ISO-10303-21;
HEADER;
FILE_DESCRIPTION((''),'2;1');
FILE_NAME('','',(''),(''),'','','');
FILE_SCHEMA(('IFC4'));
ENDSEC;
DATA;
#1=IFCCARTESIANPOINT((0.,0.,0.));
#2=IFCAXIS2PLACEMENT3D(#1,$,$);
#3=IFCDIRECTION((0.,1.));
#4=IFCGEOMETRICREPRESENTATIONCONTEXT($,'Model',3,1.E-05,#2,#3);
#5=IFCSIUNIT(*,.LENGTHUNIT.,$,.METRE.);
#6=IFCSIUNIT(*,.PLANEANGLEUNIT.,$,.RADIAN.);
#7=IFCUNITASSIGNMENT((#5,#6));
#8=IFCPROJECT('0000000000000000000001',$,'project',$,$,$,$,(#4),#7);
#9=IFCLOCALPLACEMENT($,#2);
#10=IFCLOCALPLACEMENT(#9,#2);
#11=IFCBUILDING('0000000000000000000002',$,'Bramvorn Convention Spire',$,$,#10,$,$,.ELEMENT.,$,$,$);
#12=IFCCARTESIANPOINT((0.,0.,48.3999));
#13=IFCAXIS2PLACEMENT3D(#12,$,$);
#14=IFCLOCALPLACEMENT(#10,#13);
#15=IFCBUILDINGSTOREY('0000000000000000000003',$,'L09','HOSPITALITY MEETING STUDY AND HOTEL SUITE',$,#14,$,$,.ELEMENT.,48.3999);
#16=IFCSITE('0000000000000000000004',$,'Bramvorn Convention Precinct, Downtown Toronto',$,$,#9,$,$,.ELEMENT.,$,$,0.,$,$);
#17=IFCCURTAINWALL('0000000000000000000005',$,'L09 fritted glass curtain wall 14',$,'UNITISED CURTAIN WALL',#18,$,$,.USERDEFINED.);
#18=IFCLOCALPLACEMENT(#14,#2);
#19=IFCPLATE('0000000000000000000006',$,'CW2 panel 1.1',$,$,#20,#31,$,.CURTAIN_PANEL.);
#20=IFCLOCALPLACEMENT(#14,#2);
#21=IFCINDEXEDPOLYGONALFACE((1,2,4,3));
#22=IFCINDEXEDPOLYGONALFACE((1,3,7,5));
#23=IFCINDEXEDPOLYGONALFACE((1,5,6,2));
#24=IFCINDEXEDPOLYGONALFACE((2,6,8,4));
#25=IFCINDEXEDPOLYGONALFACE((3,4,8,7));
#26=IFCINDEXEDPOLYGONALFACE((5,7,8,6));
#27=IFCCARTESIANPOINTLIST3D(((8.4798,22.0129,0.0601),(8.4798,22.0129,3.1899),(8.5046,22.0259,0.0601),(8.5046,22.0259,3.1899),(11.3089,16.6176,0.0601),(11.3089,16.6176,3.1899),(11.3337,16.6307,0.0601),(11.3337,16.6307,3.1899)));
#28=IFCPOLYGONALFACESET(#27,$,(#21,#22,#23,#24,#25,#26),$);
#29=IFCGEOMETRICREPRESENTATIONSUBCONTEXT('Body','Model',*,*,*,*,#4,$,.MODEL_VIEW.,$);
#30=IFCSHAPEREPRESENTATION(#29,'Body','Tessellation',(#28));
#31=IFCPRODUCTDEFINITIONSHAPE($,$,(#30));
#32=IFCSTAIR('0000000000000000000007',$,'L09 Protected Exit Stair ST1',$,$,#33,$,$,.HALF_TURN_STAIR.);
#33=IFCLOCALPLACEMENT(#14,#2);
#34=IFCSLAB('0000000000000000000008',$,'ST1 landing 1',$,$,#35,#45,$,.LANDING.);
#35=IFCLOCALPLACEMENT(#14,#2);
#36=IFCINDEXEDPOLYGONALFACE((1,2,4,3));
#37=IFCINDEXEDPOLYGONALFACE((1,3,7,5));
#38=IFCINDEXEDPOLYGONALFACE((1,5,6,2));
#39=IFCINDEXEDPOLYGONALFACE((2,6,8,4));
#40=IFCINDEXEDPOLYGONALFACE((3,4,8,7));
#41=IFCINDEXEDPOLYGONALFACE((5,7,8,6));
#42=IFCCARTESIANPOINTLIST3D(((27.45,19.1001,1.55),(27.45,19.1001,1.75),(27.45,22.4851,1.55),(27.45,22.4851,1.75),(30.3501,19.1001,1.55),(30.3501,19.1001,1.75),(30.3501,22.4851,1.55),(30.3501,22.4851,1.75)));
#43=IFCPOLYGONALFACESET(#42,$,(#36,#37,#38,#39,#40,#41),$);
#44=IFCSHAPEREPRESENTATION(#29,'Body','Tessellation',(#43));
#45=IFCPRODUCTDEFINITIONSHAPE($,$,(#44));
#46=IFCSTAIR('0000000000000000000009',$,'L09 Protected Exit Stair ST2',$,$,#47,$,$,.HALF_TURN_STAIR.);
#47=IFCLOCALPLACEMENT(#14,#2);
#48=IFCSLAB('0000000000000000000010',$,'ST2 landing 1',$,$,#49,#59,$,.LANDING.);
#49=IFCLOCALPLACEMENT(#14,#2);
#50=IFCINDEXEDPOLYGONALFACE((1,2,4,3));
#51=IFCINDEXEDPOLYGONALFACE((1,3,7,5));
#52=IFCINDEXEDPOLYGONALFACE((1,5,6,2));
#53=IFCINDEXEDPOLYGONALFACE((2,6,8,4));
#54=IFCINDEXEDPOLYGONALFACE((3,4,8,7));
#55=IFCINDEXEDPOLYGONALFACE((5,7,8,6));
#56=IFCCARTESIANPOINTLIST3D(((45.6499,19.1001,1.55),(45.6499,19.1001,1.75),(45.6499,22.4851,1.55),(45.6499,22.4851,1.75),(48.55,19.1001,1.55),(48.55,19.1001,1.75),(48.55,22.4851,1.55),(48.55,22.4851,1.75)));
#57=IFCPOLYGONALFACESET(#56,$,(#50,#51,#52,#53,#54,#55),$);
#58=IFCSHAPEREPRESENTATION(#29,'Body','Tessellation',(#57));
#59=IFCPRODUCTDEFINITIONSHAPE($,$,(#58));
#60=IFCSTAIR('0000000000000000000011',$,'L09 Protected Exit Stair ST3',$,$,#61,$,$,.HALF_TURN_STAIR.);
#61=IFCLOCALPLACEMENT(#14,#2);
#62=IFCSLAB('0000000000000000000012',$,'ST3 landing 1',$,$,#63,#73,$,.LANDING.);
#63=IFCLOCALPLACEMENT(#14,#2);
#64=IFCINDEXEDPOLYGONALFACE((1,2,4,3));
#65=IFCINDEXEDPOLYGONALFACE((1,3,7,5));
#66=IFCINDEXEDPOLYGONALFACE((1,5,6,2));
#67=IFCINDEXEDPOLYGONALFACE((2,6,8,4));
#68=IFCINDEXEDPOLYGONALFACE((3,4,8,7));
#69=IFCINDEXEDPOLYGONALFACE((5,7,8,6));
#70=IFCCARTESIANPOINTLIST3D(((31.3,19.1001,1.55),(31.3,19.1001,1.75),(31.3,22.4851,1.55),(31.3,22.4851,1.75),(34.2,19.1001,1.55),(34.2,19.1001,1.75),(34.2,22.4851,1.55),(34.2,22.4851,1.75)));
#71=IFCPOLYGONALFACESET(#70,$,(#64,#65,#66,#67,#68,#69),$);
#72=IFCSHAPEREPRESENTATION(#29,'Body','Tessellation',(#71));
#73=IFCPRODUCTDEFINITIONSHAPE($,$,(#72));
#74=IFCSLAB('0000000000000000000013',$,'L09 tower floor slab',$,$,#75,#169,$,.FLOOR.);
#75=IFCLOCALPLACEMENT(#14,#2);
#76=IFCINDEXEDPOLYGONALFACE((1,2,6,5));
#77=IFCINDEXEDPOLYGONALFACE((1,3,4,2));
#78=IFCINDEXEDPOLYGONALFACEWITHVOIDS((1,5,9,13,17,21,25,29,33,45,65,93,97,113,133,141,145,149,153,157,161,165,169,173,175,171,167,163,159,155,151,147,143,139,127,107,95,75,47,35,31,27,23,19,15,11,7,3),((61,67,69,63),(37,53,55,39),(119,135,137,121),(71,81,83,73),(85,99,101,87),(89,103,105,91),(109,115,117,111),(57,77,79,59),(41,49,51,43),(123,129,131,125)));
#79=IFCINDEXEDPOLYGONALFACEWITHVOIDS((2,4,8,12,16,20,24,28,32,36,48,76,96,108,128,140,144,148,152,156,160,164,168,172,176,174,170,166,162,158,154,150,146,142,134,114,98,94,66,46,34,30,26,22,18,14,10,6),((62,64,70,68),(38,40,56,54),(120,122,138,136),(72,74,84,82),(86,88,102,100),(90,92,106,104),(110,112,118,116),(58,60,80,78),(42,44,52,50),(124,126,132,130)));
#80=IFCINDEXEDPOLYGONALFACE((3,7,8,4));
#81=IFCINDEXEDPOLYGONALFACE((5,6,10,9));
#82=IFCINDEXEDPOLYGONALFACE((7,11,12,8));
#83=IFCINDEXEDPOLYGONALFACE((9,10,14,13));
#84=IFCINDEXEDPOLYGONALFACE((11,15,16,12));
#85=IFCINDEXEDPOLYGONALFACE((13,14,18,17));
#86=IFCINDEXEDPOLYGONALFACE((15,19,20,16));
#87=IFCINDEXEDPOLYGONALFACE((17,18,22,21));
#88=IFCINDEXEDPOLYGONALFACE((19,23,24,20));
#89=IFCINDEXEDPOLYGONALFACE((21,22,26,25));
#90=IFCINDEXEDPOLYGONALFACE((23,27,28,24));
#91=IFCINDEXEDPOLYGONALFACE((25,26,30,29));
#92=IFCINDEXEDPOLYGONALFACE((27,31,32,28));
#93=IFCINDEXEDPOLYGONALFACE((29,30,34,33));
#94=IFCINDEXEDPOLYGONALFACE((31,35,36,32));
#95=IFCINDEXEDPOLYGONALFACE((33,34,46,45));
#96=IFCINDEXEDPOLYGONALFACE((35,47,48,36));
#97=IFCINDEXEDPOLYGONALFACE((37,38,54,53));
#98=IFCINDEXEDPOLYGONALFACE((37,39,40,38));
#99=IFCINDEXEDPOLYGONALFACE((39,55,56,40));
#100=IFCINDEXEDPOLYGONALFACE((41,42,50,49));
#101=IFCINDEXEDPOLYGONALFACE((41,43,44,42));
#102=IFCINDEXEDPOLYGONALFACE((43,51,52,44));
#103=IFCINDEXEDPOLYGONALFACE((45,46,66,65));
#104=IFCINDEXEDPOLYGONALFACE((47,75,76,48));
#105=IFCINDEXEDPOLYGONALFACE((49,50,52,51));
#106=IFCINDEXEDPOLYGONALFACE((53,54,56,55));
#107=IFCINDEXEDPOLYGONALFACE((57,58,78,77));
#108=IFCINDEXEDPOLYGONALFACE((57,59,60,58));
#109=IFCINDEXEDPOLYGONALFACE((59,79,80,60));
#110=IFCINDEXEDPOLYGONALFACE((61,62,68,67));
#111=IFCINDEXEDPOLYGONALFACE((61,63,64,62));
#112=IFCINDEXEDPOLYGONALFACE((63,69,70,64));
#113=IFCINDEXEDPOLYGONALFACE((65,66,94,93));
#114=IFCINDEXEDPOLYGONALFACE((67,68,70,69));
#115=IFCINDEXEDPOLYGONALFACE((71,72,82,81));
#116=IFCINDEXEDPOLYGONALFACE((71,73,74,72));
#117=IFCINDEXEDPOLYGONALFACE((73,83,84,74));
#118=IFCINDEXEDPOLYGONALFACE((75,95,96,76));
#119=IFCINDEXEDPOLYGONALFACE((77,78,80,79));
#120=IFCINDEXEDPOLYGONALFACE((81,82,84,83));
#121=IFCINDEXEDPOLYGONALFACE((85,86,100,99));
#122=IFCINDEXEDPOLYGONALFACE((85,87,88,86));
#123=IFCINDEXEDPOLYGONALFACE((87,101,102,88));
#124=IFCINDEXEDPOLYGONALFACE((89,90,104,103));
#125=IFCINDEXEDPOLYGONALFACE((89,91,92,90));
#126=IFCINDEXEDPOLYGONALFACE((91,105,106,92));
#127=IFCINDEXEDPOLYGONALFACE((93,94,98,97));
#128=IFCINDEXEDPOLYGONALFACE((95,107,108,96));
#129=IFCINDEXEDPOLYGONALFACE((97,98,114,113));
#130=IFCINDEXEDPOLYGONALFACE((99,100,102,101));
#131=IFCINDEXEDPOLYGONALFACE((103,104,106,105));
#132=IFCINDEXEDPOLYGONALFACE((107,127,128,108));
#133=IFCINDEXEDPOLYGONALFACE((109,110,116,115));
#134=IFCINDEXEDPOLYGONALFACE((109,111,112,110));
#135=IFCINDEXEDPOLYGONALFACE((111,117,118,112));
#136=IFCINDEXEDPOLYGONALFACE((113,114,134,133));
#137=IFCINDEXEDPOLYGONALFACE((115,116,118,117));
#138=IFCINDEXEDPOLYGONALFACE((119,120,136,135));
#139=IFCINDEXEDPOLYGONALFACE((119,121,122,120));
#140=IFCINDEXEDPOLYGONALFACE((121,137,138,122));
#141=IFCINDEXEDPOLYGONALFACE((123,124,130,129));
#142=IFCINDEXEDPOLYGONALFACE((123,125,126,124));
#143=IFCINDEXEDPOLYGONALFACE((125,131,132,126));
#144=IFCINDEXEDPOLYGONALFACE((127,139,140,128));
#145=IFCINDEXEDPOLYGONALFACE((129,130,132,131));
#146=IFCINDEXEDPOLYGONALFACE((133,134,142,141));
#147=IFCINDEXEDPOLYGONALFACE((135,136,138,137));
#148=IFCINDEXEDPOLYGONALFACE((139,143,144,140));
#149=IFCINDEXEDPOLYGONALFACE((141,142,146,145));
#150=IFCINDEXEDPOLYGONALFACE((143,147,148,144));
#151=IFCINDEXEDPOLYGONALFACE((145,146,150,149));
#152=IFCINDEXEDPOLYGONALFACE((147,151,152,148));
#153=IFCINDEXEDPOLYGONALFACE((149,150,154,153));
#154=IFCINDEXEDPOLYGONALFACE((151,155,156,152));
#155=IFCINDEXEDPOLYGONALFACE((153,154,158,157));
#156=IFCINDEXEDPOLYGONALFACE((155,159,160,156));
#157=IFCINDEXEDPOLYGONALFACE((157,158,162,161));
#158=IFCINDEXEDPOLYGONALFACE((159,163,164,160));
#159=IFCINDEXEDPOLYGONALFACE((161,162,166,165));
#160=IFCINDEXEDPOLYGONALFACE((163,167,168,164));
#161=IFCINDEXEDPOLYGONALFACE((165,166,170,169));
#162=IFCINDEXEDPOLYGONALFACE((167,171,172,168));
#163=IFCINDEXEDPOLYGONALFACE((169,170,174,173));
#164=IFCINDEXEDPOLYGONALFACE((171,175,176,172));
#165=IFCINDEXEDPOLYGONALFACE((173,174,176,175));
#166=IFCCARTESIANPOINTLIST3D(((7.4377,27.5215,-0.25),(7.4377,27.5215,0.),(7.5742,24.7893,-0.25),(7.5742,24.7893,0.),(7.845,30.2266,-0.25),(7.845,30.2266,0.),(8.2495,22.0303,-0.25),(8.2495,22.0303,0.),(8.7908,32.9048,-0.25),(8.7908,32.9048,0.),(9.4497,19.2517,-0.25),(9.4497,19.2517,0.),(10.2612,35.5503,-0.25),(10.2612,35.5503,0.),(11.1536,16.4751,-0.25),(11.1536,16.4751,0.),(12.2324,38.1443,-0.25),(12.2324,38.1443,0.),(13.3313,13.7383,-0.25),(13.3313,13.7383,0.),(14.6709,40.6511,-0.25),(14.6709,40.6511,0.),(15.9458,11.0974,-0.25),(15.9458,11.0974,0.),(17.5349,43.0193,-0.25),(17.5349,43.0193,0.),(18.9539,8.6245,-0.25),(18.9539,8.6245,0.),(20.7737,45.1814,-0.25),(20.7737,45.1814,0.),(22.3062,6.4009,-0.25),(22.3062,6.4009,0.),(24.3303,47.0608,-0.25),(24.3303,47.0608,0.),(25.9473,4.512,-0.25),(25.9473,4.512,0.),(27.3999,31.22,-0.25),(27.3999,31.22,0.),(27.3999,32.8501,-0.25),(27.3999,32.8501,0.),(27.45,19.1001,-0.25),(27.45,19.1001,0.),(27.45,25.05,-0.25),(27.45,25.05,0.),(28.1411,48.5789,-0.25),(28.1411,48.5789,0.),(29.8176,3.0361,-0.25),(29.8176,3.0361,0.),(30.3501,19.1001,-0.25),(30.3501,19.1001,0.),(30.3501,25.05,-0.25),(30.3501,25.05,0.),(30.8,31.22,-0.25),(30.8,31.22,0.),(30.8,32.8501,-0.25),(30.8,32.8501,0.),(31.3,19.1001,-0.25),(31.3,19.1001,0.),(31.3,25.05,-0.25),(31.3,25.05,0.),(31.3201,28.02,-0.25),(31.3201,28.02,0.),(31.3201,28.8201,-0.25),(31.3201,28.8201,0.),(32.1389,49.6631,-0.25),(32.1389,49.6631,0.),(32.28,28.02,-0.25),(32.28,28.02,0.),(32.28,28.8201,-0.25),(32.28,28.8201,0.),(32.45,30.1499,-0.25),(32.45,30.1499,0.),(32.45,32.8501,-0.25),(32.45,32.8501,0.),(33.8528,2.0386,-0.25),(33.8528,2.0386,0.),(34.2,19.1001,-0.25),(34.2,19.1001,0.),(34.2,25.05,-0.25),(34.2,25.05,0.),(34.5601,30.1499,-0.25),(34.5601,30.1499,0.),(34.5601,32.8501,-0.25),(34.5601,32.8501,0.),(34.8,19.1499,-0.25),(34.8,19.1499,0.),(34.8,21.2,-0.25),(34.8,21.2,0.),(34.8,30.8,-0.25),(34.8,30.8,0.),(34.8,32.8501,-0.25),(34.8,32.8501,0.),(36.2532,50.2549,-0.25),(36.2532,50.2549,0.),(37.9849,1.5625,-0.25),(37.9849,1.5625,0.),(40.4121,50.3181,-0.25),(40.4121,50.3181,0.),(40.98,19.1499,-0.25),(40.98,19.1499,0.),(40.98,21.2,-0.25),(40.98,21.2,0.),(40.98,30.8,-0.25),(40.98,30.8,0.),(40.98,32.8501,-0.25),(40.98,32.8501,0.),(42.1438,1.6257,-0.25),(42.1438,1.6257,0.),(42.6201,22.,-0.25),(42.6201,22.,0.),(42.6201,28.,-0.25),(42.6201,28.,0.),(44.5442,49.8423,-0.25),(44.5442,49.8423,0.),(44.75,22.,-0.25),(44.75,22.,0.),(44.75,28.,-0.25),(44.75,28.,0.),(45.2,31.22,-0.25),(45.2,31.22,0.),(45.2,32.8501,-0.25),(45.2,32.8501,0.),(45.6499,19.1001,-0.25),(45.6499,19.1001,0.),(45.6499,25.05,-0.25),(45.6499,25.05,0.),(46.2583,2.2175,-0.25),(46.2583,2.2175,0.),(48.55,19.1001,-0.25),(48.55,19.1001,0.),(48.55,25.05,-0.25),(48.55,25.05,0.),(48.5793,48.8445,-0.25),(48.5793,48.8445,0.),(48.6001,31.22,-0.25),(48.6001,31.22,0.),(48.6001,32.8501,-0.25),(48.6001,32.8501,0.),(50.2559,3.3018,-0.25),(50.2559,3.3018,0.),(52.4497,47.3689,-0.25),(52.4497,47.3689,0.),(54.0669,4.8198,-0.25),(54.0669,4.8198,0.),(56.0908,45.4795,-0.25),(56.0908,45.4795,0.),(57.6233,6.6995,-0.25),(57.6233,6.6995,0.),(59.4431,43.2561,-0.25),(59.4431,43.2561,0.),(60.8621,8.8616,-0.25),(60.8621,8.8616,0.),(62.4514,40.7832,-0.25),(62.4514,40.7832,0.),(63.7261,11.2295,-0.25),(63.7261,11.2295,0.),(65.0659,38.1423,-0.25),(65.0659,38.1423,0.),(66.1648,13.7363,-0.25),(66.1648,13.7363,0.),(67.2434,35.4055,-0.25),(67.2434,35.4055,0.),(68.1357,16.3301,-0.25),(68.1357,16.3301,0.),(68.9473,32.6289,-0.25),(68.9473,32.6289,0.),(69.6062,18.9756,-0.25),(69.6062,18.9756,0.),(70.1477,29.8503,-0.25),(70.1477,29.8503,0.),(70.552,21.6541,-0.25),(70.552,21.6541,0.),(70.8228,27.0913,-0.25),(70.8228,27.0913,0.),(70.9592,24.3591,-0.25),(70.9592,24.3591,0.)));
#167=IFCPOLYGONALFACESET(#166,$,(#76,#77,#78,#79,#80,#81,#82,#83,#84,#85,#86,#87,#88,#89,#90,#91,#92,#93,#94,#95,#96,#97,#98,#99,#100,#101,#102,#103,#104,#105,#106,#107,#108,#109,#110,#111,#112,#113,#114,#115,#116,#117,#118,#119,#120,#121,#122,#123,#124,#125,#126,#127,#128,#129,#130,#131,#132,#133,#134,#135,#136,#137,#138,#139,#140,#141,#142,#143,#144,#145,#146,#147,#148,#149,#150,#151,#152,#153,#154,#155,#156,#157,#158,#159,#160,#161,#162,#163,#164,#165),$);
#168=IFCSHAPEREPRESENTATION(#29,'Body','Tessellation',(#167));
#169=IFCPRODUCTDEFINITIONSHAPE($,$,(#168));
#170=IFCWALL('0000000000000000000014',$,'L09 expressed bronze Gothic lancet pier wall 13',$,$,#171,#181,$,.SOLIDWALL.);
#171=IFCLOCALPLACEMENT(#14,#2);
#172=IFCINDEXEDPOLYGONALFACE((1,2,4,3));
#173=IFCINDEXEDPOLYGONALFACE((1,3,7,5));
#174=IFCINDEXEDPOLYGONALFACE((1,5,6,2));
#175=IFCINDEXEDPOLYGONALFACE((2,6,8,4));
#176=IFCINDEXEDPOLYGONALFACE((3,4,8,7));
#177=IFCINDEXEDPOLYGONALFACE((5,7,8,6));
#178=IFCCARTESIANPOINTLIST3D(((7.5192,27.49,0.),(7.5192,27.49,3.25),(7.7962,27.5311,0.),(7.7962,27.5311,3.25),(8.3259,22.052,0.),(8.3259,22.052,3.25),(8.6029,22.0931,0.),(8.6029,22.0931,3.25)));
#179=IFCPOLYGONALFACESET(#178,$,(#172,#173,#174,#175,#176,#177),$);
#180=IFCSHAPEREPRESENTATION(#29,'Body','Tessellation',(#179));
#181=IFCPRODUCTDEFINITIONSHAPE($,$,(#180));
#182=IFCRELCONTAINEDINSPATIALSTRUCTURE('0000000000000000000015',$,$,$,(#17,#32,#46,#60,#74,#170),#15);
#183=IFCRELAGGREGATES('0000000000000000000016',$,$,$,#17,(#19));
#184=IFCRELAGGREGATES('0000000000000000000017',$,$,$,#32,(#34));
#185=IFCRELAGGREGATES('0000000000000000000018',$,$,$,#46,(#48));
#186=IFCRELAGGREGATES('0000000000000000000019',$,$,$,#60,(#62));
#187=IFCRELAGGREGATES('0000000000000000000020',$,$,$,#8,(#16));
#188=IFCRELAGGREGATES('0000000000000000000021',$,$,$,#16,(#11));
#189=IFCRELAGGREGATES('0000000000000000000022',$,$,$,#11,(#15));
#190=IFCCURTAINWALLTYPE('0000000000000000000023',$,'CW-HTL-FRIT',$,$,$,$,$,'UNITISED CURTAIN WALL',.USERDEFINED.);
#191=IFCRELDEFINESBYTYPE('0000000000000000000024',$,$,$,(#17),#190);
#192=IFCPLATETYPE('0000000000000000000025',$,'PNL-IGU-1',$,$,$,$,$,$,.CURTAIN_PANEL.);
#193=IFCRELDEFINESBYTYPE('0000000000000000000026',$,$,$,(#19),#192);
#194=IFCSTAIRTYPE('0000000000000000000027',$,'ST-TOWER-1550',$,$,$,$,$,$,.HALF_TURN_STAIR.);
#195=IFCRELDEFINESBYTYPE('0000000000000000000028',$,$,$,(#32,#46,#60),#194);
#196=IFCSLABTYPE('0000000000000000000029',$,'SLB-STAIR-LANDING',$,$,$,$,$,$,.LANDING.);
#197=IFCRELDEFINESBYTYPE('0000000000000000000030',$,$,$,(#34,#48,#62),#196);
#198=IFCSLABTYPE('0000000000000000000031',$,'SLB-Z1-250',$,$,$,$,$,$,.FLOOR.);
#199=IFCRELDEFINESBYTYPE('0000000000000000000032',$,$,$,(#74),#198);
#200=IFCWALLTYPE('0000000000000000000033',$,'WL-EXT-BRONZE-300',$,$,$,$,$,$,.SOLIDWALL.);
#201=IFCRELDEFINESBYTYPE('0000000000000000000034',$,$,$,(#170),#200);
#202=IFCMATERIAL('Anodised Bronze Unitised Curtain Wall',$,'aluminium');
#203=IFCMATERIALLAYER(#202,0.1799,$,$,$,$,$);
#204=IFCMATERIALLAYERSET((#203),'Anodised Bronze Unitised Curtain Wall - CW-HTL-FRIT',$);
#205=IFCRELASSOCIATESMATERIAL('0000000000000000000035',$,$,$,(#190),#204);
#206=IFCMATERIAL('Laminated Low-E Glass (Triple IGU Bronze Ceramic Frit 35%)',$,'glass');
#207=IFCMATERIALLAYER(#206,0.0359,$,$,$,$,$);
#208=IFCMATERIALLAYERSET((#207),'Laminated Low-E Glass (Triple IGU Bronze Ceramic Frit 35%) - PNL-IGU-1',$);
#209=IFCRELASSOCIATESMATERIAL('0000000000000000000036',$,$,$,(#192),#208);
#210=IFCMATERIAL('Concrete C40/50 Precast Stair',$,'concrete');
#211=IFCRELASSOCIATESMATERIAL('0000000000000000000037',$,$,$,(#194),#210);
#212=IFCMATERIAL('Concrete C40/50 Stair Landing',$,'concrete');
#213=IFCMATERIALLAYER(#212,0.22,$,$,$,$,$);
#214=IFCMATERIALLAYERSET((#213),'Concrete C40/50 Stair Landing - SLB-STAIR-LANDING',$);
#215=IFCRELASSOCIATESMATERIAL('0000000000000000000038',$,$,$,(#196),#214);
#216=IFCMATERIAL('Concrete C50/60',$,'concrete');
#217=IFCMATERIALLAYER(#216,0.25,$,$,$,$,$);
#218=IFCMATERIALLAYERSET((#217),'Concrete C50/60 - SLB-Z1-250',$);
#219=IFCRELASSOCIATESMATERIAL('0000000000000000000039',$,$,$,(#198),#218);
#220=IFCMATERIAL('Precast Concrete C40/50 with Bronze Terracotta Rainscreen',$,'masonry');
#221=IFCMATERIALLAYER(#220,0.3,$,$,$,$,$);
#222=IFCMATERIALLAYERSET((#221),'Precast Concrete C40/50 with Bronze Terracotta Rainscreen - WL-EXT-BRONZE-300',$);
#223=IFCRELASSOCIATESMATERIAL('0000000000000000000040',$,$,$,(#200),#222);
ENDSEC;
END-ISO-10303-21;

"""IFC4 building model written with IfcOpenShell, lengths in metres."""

from ifc_helpers import new_model, si_unit, direction, frame, frame_2d, origin, origin_2d, place, context, subcontext, project, spatial, polyline, rectangle, outline, extrude, material, layer, layer_set, type_object, element, aggregate, save


model = new_model("IFC4")

# Units and contexts
model_context = context("Model", 3, precision=1e-05, world=origin(), true_north=direction((0.0, 1.0)))
body_context = subcontext(model_context, "Body", "Model", "MODEL_VIEW")
ifc_project = project(units=[si_unit("LENGTHUNIT", "METRE"), si_unit("PLANEANGLEUNIT", "RADIAN")], contexts=[model_context])

# Site, building, storey
site_placement = place(None, origin())
site = spatial("IfcSite", under=ifc_project, at=site_placement, Name="Bramvorn Convention Precinct, Downtown Toronto", CompositionType="ELEMENT", RefElevation=0.0)
building_placement = place(site_placement, origin())
building = spatial("IfcBuilding", under=site, at=building_placement, Name="Bramvorn Convention Spire", CompositionType="ELEMENT")
storey_placement = place(building_placement, frame((0.0, 0.0, 48.3999)))
storey = spatial("IfcBuildingStorey", under=building, at=storey_placement, Name="L09", Description="HOSPITALITY MEETING STUDY AND HOTEL SUITE", CompositionType="ELEMENT", Elevation=48.3999)

# Curtain wall
ifc_material_1 = material(Name="Anodised Bronze Unitised Curtain Wall", Category="aluminium")
ifc_layer_1 = layer(ifc_material_1, 0.1799)
ifc_layer_set_1 = layer_set([ifc_layer_1], Name="Anodised Bronze Unitised Curtain Wall - CW-HTL-FRIT")
curtain_wall_type = type_object("IfcCurtainWallType", Name="CW-HTL-FRIT", ElementType="UNITISED CURTAIN WALL", PredefinedType="USERDEFINED", material=ifc_layer_set_1)
curtain_wall_1_placement = place(storey_placement, origin())
curtain_wall_1 = element("IfcCurtainWall", 1, at=curtain_wall_1_placement, inside=storey, type_object=curtain_wall_type, Name="L09 fritted glass curtain wall 14", ObjectType="UNITISED CURTAIN WALL", PredefinedType="USERDEFINED")

# Plate
ifc_material_2 = material(Name="Laminated Low-E Glass (Triple IGU Bronze Ceramic Frit 35%)", Category="glass")
ifc_layer_2 = layer(ifc_material_2, 0.0359)
ifc_layer_set_2 = layer_set([ifc_layer_2], Name="Laminated Low-E Glass (Triple IGU Bronze Ceramic Frit 35%) - PNL-IGU-1")
plate_type = type_object("IfcPlateType", Name="PNL-IGU-1", PredefinedType="CURTAIN_PANEL", material=ifc_layer_set_2)
plate_placement = place(storey_placement, frame((9.9067, 19.3218, 0.0601), z_axis=(0.0, 0.0, 1.0), x_axis=(-0.464394, 0.885629, 0.0)))
plate = element("IfcPlate", 2, at=plate_placement, type_object=plate_type, Name="CW2 panel 1.1", PredefinedType="CURTAIN_PANEL", context=body_context, shape_type="SweptSolid", body=[
    extrude(rectangle(XDim=6.092, YDim=0.0281, at=origin_2d()), origin(), (0.0, 0.0, 1.0), 3.1299),
])
aggregate(curtain_wall_1, [plate])

# Stairs, slabs
ifc_material_3 = material(Name="Concrete C40/50 Precast Stair", Category="concrete")
stair_type = type_object("IfcStairType", Name="ST-TOWER-1550", PredefinedType="HALF_TURN_STAIR", material=ifc_material_3)
stair_1_placement = place(storey_placement, origin())
stair_1 = element("IfcStair", 3, at=stair_1_placement, inside=storey, type_object=stair_type, Name="L09 Protected Exit Stair ST1", PredefinedType="HALF_TURN_STAIR")
ifc_material_4 = material(Name="Concrete C40/50 Stair Landing", Category="concrete")
ifc_layer_3 = layer(ifc_material_4, 0.22)
ifc_layer_set_3 = layer_set([ifc_layer_3], Name="Concrete C40/50 Stair Landing - SLB-STAIR-LANDING")
slab_type_1 = type_object("IfcSlabType", Name="SLB-STAIR-LANDING", PredefinedType="LANDING", material=ifc_layer_set_3)
slab_1_placement = place(storey_placement, frame((0.0, 0.0, 1.55)))
slab_1 = element("IfcSlab", 4, at=slab_1_placement, type_object=slab_type_1, Name="ST1 landing 1", PredefinedType="LANDING", context=body_context, shape_type="SweptSolid", body=[
    extrude(outline(polyline([(27.45, 22.4851), (27.45, 19.1001), (30.3501, 19.1001), (30.3501, 22.4851), (27.45, 22.4851)])), origin(), (0.0, 0.0, 1.0), 0.2),
])
aggregate(stair_1, [slab_1])
stair_2_placement = place(storey_placement, origin())
stair_2 = element("IfcStair", 5, at=stair_2_placement, inside=storey, type_object=stair_type, Name="L09 Protected Exit Stair ST2", PredefinedType="HALF_TURN_STAIR")
slab_2_placement = place(storey_placement, frame((0.0, 0.0, 1.55)))
slab_2 = element("IfcSlab", 6, at=slab_2_placement, type_object=slab_type_1, Name="ST2 landing 1", PredefinedType="LANDING", context=body_context, shape_type="SweptSolid", body=[
    extrude(outline(polyline([(45.6499, 22.4851), (45.6499, 19.1001), (48.55, 19.1001), (48.55, 22.4851), (45.6499, 22.4851)])), origin(), (0.0, 0.0, 1.0), 0.2),
])
aggregate(stair_2, [slab_2])
stair_3_placement = place(storey_placement, origin())
stair_3 = element("IfcStair", 7, at=stair_3_placement, inside=storey, type_object=stair_type, Name="L09 Protected Exit Stair ST3", PredefinedType="HALF_TURN_STAIR")
slab_3_placement = place(storey_placement, frame((0.0, 0.0, 1.55)))
slab_3 = element("IfcSlab", 8, at=slab_3_placement, type_object=slab_type_1, Name="ST3 landing 1", PredefinedType="LANDING", context=body_context, shape_type="SweptSolid", body=[
    extrude(outline(polyline([(31.3, 22.4851), (31.3, 19.1001), (34.2, 19.1001), (34.2, 22.4851), (31.3, 22.4851)])), origin(), (0.0, 0.0, 1.0), 0.2),
])
aggregate(stair_3, [slab_3])

# Slab
ifc_material_5 = material(Name="Concrete C50/60", Category="concrete")
ifc_layer_4 = layer(ifc_material_5, 0.25)
ifc_layer_set_4 = layer_set([ifc_layer_4], Name="Concrete C50/60 - SLB-Z1-250")
slab_type_2 = type_object("IfcSlabType", Name="SLB-Z1-250", PredefinedType="FLOOR", material=ifc_layer_set_4)
slab_4_placement = place(storey_placement, frame((0.0, 0.0, -0.25)))
element("IfcSlab", 9, at=slab_4_placement, inside=storey, type_object=slab_type_2, Name="L09 tower floor slab", PredefinedType="FLOOR", context=body_context, shape_type="SweptSolid", body=[
    extrude(outline(polyline([(70.9592, 24.3591), (70.8228, 27.0913), (70.1477, 29.8503), (68.9473, 32.6289), (67.2434, 35.4055), (65.0659, 38.1423), (62.4514, 40.7832), (59.4431, 43.2561), (56.0908, 45.4795), (52.4497, 47.3689), (48.5793, 48.8445), (44.5442, 49.8423), (40.4121, 50.3181), (36.2532, 50.2549), (32.1389, 49.6631), (28.1411, 48.5789), (24.3303, 47.0608), (20.7737, 45.1814), (17.5349, 43.0193), (14.6709, 40.6511), (12.2324, 38.1443), (10.2612, 35.5503), (8.7908, 32.9048), (7.845, 30.2266), (7.4377, 27.5215), (7.5742, 24.7893), (8.2495, 22.0303), (9.4497, 19.2517), (11.1536, 16.4751), (13.3313, 13.7383), (15.9458, 11.0974), (18.9539, 8.6245), (22.3062, 6.4009), (25.9473, 4.512), (29.8176, 3.0361), (33.8528, 2.0386), (37.9849, 1.5625), (42.1438, 1.6257), (46.2583, 2.2175), (50.2559, 3.3018), (54.0669, 4.8198), (57.6233, 6.6995), (60.8621, 8.8616), (63.7261, 11.2295), (66.1648, 13.7363), (68.1357, 16.3301), (69.6062, 18.9756), (70.552, 21.6541), (70.9592, 24.3591)]), holes=[polyline([(27.45, 25.05), (27.45, 19.1001), (30.3501, 19.1001), (30.3501, 25.05), (27.45, 25.05)]), polyline([(45.6499, 25.05), (45.6499, 19.1001), (48.55, 19.1001), (48.55, 25.05), (45.6499, 25.05)]), polyline([(31.3, 25.05), (31.3, 19.1001), (34.2, 19.1001), (34.2, 25.05), (31.3, 25.05)]), polyline([(27.3999, 31.22), (30.8, 31.22), (30.8, 32.8501), (27.3999, 32.8501), (27.3999, 31.22)]), polyline([(45.2, 31.22), (48.6001, 31.22), (48.6001, 32.8501), (45.2, 32.8501), (45.2, 31.22)]), polyline([(32.45, 30.1499), (34.5601, 30.1499), (34.5601, 32.8501), (32.45, 32.8501), (32.45, 30.1499)]), polyline([(34.8, 30.8), (40.98, 30.8), (40.98, 32.8501), (34.8, 32.8501), (34.8, 30.8)]), polyline([(34.8, 19.1499), (40.98, 19.1499), (40.98, 21.2), (34.8, 21.2), (34.8, 19.1499)]), polyline([(42.6201, 22.0), (44.75, 22.0), (44.75, 28.0), (42.6201, 28.0), (42.6201, 22.0)]), polyline([(31.3201, 28.02), (32.28, 28.02), (32.28, 28.8201), (31.3201, 28.8201), (31.3201, 28.02)])]), origin(), (0.0, 0.0, 1.0), 0.25),
])

# Wall
ifc_material_6 = material(Name="Precast Concrete C40/50 with Bronze Terracotta Rainscreen", Category="masonry")
ifc_layer_5 = layer(ifc_material_6, 0.3)
ifc_layer_set_5 = layer_set([ifc_layer_5], Name="Precast Concrete C40/50 with Bronze Terracotta Rainscreen - WL-EXT-BRONZE-300")
wall_type = type_object("IfcWallType", Name="WL-EXT-BRONZE-300", PredefinedType="SOLIDWALL", material=ifc_layer_set_5)
wall_placement = place(storey_placement, frame((8.4644, 22.0725, 0.0), z_axis=(0.0, 0.0, 1.0), x_axis=(-0.146729, 0.989177, 0.0)))
element("IfcWall", 10, at=wall_placement, inside=storey, type_object=wall_type, Name="L09 expressed bronze Gothic lancet pier wall 13", PredefinedType="SOLIDWALL", context=body_context, shape_type="SweptSolid", body=[
    extrude(rectangle(XDim=5.4976, YDim=0.28, at=frame_2d((2.7488, 0.0))), origin(), (0.0, 0.0, 1.0), 3.25),
])

save(model, "model.ifc")
